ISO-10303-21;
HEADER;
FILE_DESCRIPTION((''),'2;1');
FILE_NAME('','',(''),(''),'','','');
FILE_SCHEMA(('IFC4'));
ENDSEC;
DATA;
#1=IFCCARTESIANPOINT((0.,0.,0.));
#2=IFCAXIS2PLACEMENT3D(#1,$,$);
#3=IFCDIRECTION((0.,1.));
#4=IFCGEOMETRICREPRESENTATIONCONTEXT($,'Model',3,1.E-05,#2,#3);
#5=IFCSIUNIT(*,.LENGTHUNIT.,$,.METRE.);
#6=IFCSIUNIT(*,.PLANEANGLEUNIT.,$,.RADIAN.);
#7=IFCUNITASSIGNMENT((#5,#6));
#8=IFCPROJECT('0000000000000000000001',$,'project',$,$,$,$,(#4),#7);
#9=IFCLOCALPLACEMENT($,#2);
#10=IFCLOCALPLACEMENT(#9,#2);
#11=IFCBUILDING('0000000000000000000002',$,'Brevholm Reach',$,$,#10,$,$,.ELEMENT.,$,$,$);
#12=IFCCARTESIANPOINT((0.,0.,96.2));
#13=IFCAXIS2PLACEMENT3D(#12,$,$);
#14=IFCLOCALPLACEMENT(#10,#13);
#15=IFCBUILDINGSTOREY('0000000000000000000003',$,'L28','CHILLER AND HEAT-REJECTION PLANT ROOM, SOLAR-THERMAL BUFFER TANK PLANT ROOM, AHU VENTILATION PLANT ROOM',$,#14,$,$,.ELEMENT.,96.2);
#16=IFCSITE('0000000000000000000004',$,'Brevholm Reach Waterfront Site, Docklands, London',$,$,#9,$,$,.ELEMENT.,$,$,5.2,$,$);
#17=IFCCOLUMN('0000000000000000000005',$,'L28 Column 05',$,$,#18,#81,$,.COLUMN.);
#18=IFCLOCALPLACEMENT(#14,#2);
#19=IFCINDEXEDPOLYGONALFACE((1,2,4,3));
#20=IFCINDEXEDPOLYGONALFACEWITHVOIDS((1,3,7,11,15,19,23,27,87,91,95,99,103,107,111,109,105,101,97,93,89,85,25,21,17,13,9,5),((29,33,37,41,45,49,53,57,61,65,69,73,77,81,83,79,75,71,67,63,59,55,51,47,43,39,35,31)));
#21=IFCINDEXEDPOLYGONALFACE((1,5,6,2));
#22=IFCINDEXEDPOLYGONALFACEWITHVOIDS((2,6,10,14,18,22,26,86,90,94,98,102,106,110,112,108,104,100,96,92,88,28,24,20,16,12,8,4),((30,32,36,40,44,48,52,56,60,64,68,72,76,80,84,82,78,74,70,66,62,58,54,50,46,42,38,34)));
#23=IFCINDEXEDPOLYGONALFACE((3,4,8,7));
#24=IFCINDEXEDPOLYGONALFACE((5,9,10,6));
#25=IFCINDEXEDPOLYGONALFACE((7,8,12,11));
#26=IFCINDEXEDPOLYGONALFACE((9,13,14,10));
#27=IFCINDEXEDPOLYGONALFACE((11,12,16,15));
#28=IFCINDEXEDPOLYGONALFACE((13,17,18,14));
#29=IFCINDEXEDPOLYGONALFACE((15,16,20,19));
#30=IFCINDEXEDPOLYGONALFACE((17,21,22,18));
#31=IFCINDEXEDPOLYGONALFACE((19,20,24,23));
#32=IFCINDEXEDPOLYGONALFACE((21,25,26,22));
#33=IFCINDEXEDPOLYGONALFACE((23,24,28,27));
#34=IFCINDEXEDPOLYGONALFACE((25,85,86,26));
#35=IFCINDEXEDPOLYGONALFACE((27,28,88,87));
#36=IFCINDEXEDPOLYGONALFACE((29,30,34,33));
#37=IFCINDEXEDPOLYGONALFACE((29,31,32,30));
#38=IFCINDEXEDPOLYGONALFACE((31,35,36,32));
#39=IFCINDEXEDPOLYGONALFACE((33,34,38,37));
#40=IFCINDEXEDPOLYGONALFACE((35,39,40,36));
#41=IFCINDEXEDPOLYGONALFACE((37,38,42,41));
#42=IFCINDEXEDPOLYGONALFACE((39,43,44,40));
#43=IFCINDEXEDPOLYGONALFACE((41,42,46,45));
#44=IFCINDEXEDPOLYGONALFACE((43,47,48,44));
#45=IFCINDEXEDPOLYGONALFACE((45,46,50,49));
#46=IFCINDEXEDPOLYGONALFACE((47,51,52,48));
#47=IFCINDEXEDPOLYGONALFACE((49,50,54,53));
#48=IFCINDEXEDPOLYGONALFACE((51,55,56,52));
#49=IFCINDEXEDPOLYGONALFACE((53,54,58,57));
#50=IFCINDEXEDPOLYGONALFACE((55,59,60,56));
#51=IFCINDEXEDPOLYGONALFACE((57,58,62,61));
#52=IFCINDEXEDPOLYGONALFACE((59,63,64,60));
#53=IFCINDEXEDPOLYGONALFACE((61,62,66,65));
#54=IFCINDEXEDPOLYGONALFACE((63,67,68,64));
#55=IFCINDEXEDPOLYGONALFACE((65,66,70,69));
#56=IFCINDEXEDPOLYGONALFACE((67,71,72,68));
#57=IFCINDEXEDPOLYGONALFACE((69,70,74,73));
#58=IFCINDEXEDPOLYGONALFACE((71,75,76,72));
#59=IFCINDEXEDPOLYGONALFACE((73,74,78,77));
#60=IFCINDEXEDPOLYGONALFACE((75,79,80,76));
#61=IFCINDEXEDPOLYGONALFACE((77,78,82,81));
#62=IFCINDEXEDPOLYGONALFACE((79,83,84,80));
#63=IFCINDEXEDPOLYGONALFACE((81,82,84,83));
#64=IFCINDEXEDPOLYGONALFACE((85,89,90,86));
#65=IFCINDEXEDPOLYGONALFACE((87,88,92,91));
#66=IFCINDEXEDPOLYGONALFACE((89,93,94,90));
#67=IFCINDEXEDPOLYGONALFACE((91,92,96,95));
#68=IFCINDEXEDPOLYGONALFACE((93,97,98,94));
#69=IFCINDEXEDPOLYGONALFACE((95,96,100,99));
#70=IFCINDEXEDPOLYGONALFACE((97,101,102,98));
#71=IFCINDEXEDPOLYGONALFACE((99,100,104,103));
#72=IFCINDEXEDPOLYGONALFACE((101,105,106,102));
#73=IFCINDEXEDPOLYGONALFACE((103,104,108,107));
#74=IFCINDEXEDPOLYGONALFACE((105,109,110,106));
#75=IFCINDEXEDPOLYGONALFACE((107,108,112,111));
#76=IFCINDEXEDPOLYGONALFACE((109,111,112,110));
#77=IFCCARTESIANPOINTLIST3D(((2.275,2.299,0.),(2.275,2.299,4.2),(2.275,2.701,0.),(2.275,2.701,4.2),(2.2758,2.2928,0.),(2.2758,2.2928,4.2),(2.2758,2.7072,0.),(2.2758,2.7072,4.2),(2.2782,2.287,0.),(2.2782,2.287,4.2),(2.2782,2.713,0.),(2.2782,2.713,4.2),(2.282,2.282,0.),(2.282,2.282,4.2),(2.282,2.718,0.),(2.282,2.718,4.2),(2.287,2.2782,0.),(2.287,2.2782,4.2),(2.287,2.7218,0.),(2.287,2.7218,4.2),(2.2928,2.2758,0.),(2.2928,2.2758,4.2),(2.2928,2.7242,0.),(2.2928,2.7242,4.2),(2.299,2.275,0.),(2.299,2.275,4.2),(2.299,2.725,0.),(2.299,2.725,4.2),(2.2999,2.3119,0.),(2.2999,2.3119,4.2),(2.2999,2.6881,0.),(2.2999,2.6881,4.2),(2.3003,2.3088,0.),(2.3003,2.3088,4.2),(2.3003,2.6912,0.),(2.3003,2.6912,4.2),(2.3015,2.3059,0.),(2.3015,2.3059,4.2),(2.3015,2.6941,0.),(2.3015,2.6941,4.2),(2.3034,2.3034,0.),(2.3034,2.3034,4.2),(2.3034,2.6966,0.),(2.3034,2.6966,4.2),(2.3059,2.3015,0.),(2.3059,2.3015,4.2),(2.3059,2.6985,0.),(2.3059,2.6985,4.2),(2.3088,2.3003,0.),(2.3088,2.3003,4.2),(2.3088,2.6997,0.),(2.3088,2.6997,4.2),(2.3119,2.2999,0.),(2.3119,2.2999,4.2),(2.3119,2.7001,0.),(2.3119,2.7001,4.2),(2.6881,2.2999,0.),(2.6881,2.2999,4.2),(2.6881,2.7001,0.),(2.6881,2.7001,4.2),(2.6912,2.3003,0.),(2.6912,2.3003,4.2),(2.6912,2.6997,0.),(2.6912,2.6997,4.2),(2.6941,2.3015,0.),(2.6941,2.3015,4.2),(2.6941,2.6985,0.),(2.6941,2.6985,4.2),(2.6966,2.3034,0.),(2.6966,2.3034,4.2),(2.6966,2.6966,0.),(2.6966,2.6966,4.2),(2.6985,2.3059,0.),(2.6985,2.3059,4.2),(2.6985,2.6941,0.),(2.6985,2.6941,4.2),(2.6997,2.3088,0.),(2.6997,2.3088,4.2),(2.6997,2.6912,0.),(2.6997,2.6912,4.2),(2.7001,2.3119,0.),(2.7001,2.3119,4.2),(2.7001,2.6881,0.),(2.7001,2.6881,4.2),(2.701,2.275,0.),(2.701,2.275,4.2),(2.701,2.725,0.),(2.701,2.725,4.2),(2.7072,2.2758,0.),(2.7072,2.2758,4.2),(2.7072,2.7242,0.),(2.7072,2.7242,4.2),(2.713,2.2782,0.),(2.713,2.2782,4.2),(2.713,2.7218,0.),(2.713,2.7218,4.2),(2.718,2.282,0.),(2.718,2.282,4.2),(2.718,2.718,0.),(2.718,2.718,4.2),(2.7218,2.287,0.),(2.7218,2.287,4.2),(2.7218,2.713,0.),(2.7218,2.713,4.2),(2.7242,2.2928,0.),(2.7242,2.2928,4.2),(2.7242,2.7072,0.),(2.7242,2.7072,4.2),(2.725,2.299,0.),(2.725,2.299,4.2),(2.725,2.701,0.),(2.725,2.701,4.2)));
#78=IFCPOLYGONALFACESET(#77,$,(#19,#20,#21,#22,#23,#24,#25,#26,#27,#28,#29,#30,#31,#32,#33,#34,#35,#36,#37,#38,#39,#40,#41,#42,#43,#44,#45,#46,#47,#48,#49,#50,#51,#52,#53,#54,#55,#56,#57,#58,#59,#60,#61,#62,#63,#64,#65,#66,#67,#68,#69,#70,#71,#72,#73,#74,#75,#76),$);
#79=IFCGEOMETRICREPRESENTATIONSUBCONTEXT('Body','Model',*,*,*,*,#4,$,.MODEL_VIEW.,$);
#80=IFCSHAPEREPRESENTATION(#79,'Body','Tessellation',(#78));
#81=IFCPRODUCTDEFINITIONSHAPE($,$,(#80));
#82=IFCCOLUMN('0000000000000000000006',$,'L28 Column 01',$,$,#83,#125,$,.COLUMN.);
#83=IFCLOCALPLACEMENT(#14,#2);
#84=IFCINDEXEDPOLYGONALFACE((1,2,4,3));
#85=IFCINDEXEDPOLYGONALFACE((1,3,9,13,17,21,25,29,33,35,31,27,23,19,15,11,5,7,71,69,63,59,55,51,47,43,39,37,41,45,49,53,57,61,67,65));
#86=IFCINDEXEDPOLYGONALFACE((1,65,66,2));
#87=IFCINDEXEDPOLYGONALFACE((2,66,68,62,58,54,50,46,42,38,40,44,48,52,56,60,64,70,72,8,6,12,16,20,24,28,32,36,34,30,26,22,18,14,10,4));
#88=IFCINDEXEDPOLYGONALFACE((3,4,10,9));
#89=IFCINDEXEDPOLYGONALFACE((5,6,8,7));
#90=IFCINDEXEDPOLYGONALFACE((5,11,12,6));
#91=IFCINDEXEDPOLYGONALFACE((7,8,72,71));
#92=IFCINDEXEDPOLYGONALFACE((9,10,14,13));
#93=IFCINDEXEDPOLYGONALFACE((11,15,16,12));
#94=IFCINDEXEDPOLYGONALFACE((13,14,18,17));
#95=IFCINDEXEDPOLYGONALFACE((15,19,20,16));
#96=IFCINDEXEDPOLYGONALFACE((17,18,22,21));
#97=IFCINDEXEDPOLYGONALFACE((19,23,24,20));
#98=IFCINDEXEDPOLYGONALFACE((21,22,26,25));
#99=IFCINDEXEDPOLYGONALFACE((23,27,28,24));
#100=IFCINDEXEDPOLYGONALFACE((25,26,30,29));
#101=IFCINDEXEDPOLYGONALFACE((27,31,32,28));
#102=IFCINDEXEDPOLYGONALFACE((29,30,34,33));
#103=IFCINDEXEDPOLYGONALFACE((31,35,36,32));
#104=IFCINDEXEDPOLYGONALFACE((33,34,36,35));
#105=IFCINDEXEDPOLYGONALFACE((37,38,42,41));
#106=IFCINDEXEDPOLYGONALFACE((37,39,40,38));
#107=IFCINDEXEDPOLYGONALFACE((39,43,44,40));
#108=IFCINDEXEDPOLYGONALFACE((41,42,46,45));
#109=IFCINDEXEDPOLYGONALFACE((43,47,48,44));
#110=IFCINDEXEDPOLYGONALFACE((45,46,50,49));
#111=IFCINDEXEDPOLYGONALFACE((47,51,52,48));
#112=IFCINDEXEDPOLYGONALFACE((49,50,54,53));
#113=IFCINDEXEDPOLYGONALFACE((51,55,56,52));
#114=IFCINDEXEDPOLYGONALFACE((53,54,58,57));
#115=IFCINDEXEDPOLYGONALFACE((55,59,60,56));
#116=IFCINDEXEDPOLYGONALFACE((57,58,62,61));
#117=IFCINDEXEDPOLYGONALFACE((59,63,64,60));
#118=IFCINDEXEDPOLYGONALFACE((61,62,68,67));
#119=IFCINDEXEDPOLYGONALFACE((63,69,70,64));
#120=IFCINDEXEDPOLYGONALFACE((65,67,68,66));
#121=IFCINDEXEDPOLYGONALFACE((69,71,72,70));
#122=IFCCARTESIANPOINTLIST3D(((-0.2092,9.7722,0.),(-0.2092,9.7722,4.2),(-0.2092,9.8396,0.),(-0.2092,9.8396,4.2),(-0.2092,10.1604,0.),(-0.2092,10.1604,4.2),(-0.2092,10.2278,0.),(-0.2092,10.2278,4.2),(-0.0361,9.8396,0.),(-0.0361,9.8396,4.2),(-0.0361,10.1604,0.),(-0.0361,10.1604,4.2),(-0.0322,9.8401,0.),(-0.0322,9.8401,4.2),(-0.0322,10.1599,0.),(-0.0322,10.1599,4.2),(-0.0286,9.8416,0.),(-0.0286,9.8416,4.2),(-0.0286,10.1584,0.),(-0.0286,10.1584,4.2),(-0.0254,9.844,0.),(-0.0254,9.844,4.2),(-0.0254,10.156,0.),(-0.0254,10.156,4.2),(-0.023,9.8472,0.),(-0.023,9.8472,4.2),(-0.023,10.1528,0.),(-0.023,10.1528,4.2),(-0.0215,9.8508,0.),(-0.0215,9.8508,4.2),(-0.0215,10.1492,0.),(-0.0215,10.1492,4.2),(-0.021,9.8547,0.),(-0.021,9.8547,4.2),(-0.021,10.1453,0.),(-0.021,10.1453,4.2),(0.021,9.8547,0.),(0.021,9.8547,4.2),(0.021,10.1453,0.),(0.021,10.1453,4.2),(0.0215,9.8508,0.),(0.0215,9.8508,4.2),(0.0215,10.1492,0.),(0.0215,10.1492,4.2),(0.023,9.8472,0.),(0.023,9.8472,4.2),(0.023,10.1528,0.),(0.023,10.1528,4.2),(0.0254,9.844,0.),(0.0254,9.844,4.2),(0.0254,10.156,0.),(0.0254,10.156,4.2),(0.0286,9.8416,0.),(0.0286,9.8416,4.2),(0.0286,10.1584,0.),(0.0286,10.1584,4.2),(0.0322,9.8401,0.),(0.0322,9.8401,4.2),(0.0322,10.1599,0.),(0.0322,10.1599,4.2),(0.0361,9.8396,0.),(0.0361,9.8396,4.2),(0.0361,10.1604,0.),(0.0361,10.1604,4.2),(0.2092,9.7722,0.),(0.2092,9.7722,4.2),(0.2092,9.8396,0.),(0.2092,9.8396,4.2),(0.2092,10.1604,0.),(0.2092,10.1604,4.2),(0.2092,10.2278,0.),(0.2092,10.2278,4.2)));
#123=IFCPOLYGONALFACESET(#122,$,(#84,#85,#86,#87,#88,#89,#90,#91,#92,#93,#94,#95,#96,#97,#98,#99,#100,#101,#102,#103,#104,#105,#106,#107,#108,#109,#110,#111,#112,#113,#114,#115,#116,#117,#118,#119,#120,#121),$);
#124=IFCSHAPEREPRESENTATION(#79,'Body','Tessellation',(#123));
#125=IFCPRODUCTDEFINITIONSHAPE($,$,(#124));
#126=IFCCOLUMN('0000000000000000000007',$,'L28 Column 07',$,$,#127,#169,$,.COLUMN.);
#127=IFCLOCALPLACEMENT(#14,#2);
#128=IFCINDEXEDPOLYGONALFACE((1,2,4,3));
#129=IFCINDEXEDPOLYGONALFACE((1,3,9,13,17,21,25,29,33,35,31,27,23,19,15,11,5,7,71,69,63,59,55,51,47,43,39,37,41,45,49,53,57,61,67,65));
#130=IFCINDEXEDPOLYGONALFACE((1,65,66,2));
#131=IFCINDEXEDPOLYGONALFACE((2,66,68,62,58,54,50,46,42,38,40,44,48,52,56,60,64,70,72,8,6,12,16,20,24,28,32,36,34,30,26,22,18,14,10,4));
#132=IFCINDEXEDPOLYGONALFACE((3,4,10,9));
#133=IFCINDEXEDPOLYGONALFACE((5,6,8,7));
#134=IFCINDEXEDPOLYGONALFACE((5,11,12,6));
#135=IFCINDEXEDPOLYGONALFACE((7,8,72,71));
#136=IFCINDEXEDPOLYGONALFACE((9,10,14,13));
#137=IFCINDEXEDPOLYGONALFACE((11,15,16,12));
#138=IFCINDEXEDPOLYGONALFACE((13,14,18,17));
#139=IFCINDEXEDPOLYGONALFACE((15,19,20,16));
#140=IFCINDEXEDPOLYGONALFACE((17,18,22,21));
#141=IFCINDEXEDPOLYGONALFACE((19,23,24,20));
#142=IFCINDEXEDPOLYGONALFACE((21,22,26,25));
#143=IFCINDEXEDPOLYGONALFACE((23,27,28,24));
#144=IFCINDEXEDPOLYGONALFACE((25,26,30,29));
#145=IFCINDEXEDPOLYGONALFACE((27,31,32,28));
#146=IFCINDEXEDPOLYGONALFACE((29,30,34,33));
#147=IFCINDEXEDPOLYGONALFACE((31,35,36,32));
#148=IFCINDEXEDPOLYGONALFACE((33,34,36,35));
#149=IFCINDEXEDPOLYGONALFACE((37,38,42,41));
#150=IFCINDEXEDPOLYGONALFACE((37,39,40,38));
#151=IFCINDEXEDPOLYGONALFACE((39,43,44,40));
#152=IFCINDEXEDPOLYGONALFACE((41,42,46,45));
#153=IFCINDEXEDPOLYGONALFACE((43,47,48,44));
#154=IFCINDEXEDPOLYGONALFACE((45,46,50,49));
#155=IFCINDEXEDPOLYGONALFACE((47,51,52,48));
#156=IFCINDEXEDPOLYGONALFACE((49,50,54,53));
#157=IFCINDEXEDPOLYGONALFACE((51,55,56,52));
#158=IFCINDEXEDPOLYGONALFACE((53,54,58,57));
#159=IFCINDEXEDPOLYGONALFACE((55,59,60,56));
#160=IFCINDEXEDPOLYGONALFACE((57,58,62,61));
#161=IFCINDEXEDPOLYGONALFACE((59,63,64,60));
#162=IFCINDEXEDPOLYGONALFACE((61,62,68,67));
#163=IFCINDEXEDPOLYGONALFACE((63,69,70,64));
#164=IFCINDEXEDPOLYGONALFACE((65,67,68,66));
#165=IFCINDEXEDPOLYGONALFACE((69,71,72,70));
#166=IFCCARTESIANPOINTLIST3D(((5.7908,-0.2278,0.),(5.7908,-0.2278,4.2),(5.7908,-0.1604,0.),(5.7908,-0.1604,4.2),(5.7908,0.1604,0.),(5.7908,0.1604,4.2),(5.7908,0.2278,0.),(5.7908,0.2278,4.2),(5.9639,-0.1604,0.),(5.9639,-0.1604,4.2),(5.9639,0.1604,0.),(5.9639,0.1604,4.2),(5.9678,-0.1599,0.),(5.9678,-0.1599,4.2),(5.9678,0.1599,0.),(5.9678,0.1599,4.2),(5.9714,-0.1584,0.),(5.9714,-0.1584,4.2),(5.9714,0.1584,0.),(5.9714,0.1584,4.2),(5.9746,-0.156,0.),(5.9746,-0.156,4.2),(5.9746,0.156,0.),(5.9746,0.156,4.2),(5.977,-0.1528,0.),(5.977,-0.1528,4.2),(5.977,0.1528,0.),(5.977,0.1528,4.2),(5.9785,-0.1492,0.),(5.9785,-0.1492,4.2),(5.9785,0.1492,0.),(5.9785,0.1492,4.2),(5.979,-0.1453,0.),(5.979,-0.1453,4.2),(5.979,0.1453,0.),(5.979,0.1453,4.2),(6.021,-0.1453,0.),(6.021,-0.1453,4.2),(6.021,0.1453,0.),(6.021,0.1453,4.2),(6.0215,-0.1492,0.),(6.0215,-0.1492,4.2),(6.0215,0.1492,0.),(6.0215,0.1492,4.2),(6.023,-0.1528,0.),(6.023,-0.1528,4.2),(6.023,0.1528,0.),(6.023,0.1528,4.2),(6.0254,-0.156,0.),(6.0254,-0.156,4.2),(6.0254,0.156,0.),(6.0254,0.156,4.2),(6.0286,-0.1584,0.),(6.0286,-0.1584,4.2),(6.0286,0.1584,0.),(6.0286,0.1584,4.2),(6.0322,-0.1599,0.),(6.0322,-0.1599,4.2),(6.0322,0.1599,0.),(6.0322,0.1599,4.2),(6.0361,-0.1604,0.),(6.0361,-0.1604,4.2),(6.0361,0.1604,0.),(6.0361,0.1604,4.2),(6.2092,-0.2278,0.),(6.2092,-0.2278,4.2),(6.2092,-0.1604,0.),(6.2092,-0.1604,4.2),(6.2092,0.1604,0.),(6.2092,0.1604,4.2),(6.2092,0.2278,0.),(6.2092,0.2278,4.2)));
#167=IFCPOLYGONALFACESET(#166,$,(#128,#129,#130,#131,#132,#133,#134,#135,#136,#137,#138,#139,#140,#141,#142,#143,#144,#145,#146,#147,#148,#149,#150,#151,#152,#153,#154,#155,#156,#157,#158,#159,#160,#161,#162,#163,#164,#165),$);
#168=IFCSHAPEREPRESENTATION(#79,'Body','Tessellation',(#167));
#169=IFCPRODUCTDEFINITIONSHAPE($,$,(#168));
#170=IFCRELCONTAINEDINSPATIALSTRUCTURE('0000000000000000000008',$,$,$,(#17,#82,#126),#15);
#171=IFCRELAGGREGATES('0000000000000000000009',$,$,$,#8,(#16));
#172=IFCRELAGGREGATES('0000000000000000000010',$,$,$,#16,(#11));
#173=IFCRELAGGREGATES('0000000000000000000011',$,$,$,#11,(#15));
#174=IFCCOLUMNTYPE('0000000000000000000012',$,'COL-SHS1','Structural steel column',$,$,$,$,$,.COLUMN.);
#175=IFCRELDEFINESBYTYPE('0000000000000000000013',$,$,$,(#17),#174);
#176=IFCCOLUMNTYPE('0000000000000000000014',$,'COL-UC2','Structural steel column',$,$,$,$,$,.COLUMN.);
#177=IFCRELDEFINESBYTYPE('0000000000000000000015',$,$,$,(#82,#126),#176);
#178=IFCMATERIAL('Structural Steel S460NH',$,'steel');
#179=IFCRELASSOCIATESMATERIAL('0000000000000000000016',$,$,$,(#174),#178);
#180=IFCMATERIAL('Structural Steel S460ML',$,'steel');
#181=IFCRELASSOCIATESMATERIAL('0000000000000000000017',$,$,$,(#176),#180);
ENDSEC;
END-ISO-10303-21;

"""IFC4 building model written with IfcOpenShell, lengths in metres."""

from ifc_helpers import new_model, si_unit, direction, frame, origin, origin_2d, place, context, subcontext, project, spatial, hollow_rectangle, i_section, extrude, material, material_profile, profile_set, type_object, element, save


model = new_model("IFC4")

# Units and contexts
model_context = context("Model", 3, precision=1e-05, world=origin(), true_north=direction((0.0, 1.0)))
body_context = subcontext(model_context, "Body", "Model", "MODEL_VIEW")
ifc_project = project(units=[si_unit("LENGTHUNIT", "METRE"), si_unit("PLANEANGLEUNIT", "RADIAN")], contexts=[model_context])

# Site, building, storey
site_placement = place(None, origin())
site = spatial("IfcSite", under=ifc_project, at=site_placement, Name="Brevholm Reach Waterfront Site, Docklands, London", CompositionType="ELEMENT", RefElevation=5.2)
building_placement = place(site_placement, origin())
building = spatial("IfcBuilding", under=site, at=building_placement, Name="Brevholm Reach", CompositionType="ELEMENT")
storey_placement = place(building_placement, frame((0.0, 0.0, 96.2)))
storey = spatial("IfcBuildingStorey", under=building, at=storey_placement, Name="L28", Description="CHILLER AND HEAT-REJECTION PLANT ROOM, SOLAR-THERMAL BUFFER TANK PLANT ROOM, AHU VENTILATION PLANT ROOM", CompositionType="ELEMENT", Elevation=96.2)

# Columns
ifc_material_1 = material(Name="Structural Steel S460NH", Category="steel")
ifc_material_profile_1 = material_profile(ifc_material_1, hollow_rectangle(XDim=0.45, YDim=0.45, WallThickness=0.0249, InnerFilletRadius=0.012, OuterFilletRadius=0.0239, at=origin_2d()), Name="SHS 450x450x25")
ifc_profile_set_1 = profile_set([ifc_material_profile_1], Name="Structural Steel S460NH")
column_type_1 = type_object("IfcColumnType", Name="COL-SHS1", Description="Structural steel column", PredefinedType="COLUMN", material=ifc_profile_set_1)
column_placement = place(storey_placement, frame((2.5, 2.5, 0.0), z_axis=(0.0, 0.0, 1.0), x_axis=(1.0, 0.0, 0.0)))
element("IfcColumn", 1, at=column_placement, inside=storey, type_object=column_type_1, Name="L28 Column 05", PredefinedType="COLUMN", context=body_context, shape_type="SweptSolid", body=[
    extrude(hollow_rectangle(XDim=0.45, YDim=0.45, WallThickness=0.0249, InnerFilletRadius=0.012, OuterFilletRadius=0.0239, at=origin_2d()), origin(), (0.0, 0.0, 1.0), 4.2),
])
ifc_material_2 = material(Name="Structural Steel S460ML", Category="steel")
ifc_material_profile_2 = material_profile(ifc_material_2, i_section(OverallWidth=0.4185, OverallDepth=0.4556, WebThickness=0.042, FlangeThickness=0.0674, FilletRadius=0.0151, at=origin_2d()), Name="UKC 356x406x551")
ifc_profile_set_2 = profile_set([ifc_material_profile_2], Name="Structural Steel S460ML")
column_type_2 = type_object("IfcColumnType", Name="COL-UC2", Description="Structural steel column", PredefinedType="COLUMN", material=ifc_profile_set_2)
for number, where, z_axis, x_axis, name in (
    (2, (0.0, 10.0, 0.0), (0.0, 0.0, 1.0), (1.0, 0.0, 0.0), "L28 Column 01"),
    (3, (6.0, 0.0, 0.0), (0.0, 0.0, 1.0), (1.0, 0.0, 0.0), "L28 Column 07"),
):
    element("IfcColumn", number, at=place(storey_placement, frame(where, z_axis=z_axis, x_axis=x_axis)), inside=storey, type_object=column_type_2, Name=name, PredefinedType="COLUMN", context=body_context, shape_type="SweptSolid", body=[
        extrude(i_section(OverallWidth=0.4185, OverallDepth=0.4556, WebThickness=0.042, FlangeThickness=0.0674, FilletRadius=0.0151, at=origin_2d()), origin(), (0.0, 0.0, 1.0), 4.2),
    ])

save(model, "model.ifc")
